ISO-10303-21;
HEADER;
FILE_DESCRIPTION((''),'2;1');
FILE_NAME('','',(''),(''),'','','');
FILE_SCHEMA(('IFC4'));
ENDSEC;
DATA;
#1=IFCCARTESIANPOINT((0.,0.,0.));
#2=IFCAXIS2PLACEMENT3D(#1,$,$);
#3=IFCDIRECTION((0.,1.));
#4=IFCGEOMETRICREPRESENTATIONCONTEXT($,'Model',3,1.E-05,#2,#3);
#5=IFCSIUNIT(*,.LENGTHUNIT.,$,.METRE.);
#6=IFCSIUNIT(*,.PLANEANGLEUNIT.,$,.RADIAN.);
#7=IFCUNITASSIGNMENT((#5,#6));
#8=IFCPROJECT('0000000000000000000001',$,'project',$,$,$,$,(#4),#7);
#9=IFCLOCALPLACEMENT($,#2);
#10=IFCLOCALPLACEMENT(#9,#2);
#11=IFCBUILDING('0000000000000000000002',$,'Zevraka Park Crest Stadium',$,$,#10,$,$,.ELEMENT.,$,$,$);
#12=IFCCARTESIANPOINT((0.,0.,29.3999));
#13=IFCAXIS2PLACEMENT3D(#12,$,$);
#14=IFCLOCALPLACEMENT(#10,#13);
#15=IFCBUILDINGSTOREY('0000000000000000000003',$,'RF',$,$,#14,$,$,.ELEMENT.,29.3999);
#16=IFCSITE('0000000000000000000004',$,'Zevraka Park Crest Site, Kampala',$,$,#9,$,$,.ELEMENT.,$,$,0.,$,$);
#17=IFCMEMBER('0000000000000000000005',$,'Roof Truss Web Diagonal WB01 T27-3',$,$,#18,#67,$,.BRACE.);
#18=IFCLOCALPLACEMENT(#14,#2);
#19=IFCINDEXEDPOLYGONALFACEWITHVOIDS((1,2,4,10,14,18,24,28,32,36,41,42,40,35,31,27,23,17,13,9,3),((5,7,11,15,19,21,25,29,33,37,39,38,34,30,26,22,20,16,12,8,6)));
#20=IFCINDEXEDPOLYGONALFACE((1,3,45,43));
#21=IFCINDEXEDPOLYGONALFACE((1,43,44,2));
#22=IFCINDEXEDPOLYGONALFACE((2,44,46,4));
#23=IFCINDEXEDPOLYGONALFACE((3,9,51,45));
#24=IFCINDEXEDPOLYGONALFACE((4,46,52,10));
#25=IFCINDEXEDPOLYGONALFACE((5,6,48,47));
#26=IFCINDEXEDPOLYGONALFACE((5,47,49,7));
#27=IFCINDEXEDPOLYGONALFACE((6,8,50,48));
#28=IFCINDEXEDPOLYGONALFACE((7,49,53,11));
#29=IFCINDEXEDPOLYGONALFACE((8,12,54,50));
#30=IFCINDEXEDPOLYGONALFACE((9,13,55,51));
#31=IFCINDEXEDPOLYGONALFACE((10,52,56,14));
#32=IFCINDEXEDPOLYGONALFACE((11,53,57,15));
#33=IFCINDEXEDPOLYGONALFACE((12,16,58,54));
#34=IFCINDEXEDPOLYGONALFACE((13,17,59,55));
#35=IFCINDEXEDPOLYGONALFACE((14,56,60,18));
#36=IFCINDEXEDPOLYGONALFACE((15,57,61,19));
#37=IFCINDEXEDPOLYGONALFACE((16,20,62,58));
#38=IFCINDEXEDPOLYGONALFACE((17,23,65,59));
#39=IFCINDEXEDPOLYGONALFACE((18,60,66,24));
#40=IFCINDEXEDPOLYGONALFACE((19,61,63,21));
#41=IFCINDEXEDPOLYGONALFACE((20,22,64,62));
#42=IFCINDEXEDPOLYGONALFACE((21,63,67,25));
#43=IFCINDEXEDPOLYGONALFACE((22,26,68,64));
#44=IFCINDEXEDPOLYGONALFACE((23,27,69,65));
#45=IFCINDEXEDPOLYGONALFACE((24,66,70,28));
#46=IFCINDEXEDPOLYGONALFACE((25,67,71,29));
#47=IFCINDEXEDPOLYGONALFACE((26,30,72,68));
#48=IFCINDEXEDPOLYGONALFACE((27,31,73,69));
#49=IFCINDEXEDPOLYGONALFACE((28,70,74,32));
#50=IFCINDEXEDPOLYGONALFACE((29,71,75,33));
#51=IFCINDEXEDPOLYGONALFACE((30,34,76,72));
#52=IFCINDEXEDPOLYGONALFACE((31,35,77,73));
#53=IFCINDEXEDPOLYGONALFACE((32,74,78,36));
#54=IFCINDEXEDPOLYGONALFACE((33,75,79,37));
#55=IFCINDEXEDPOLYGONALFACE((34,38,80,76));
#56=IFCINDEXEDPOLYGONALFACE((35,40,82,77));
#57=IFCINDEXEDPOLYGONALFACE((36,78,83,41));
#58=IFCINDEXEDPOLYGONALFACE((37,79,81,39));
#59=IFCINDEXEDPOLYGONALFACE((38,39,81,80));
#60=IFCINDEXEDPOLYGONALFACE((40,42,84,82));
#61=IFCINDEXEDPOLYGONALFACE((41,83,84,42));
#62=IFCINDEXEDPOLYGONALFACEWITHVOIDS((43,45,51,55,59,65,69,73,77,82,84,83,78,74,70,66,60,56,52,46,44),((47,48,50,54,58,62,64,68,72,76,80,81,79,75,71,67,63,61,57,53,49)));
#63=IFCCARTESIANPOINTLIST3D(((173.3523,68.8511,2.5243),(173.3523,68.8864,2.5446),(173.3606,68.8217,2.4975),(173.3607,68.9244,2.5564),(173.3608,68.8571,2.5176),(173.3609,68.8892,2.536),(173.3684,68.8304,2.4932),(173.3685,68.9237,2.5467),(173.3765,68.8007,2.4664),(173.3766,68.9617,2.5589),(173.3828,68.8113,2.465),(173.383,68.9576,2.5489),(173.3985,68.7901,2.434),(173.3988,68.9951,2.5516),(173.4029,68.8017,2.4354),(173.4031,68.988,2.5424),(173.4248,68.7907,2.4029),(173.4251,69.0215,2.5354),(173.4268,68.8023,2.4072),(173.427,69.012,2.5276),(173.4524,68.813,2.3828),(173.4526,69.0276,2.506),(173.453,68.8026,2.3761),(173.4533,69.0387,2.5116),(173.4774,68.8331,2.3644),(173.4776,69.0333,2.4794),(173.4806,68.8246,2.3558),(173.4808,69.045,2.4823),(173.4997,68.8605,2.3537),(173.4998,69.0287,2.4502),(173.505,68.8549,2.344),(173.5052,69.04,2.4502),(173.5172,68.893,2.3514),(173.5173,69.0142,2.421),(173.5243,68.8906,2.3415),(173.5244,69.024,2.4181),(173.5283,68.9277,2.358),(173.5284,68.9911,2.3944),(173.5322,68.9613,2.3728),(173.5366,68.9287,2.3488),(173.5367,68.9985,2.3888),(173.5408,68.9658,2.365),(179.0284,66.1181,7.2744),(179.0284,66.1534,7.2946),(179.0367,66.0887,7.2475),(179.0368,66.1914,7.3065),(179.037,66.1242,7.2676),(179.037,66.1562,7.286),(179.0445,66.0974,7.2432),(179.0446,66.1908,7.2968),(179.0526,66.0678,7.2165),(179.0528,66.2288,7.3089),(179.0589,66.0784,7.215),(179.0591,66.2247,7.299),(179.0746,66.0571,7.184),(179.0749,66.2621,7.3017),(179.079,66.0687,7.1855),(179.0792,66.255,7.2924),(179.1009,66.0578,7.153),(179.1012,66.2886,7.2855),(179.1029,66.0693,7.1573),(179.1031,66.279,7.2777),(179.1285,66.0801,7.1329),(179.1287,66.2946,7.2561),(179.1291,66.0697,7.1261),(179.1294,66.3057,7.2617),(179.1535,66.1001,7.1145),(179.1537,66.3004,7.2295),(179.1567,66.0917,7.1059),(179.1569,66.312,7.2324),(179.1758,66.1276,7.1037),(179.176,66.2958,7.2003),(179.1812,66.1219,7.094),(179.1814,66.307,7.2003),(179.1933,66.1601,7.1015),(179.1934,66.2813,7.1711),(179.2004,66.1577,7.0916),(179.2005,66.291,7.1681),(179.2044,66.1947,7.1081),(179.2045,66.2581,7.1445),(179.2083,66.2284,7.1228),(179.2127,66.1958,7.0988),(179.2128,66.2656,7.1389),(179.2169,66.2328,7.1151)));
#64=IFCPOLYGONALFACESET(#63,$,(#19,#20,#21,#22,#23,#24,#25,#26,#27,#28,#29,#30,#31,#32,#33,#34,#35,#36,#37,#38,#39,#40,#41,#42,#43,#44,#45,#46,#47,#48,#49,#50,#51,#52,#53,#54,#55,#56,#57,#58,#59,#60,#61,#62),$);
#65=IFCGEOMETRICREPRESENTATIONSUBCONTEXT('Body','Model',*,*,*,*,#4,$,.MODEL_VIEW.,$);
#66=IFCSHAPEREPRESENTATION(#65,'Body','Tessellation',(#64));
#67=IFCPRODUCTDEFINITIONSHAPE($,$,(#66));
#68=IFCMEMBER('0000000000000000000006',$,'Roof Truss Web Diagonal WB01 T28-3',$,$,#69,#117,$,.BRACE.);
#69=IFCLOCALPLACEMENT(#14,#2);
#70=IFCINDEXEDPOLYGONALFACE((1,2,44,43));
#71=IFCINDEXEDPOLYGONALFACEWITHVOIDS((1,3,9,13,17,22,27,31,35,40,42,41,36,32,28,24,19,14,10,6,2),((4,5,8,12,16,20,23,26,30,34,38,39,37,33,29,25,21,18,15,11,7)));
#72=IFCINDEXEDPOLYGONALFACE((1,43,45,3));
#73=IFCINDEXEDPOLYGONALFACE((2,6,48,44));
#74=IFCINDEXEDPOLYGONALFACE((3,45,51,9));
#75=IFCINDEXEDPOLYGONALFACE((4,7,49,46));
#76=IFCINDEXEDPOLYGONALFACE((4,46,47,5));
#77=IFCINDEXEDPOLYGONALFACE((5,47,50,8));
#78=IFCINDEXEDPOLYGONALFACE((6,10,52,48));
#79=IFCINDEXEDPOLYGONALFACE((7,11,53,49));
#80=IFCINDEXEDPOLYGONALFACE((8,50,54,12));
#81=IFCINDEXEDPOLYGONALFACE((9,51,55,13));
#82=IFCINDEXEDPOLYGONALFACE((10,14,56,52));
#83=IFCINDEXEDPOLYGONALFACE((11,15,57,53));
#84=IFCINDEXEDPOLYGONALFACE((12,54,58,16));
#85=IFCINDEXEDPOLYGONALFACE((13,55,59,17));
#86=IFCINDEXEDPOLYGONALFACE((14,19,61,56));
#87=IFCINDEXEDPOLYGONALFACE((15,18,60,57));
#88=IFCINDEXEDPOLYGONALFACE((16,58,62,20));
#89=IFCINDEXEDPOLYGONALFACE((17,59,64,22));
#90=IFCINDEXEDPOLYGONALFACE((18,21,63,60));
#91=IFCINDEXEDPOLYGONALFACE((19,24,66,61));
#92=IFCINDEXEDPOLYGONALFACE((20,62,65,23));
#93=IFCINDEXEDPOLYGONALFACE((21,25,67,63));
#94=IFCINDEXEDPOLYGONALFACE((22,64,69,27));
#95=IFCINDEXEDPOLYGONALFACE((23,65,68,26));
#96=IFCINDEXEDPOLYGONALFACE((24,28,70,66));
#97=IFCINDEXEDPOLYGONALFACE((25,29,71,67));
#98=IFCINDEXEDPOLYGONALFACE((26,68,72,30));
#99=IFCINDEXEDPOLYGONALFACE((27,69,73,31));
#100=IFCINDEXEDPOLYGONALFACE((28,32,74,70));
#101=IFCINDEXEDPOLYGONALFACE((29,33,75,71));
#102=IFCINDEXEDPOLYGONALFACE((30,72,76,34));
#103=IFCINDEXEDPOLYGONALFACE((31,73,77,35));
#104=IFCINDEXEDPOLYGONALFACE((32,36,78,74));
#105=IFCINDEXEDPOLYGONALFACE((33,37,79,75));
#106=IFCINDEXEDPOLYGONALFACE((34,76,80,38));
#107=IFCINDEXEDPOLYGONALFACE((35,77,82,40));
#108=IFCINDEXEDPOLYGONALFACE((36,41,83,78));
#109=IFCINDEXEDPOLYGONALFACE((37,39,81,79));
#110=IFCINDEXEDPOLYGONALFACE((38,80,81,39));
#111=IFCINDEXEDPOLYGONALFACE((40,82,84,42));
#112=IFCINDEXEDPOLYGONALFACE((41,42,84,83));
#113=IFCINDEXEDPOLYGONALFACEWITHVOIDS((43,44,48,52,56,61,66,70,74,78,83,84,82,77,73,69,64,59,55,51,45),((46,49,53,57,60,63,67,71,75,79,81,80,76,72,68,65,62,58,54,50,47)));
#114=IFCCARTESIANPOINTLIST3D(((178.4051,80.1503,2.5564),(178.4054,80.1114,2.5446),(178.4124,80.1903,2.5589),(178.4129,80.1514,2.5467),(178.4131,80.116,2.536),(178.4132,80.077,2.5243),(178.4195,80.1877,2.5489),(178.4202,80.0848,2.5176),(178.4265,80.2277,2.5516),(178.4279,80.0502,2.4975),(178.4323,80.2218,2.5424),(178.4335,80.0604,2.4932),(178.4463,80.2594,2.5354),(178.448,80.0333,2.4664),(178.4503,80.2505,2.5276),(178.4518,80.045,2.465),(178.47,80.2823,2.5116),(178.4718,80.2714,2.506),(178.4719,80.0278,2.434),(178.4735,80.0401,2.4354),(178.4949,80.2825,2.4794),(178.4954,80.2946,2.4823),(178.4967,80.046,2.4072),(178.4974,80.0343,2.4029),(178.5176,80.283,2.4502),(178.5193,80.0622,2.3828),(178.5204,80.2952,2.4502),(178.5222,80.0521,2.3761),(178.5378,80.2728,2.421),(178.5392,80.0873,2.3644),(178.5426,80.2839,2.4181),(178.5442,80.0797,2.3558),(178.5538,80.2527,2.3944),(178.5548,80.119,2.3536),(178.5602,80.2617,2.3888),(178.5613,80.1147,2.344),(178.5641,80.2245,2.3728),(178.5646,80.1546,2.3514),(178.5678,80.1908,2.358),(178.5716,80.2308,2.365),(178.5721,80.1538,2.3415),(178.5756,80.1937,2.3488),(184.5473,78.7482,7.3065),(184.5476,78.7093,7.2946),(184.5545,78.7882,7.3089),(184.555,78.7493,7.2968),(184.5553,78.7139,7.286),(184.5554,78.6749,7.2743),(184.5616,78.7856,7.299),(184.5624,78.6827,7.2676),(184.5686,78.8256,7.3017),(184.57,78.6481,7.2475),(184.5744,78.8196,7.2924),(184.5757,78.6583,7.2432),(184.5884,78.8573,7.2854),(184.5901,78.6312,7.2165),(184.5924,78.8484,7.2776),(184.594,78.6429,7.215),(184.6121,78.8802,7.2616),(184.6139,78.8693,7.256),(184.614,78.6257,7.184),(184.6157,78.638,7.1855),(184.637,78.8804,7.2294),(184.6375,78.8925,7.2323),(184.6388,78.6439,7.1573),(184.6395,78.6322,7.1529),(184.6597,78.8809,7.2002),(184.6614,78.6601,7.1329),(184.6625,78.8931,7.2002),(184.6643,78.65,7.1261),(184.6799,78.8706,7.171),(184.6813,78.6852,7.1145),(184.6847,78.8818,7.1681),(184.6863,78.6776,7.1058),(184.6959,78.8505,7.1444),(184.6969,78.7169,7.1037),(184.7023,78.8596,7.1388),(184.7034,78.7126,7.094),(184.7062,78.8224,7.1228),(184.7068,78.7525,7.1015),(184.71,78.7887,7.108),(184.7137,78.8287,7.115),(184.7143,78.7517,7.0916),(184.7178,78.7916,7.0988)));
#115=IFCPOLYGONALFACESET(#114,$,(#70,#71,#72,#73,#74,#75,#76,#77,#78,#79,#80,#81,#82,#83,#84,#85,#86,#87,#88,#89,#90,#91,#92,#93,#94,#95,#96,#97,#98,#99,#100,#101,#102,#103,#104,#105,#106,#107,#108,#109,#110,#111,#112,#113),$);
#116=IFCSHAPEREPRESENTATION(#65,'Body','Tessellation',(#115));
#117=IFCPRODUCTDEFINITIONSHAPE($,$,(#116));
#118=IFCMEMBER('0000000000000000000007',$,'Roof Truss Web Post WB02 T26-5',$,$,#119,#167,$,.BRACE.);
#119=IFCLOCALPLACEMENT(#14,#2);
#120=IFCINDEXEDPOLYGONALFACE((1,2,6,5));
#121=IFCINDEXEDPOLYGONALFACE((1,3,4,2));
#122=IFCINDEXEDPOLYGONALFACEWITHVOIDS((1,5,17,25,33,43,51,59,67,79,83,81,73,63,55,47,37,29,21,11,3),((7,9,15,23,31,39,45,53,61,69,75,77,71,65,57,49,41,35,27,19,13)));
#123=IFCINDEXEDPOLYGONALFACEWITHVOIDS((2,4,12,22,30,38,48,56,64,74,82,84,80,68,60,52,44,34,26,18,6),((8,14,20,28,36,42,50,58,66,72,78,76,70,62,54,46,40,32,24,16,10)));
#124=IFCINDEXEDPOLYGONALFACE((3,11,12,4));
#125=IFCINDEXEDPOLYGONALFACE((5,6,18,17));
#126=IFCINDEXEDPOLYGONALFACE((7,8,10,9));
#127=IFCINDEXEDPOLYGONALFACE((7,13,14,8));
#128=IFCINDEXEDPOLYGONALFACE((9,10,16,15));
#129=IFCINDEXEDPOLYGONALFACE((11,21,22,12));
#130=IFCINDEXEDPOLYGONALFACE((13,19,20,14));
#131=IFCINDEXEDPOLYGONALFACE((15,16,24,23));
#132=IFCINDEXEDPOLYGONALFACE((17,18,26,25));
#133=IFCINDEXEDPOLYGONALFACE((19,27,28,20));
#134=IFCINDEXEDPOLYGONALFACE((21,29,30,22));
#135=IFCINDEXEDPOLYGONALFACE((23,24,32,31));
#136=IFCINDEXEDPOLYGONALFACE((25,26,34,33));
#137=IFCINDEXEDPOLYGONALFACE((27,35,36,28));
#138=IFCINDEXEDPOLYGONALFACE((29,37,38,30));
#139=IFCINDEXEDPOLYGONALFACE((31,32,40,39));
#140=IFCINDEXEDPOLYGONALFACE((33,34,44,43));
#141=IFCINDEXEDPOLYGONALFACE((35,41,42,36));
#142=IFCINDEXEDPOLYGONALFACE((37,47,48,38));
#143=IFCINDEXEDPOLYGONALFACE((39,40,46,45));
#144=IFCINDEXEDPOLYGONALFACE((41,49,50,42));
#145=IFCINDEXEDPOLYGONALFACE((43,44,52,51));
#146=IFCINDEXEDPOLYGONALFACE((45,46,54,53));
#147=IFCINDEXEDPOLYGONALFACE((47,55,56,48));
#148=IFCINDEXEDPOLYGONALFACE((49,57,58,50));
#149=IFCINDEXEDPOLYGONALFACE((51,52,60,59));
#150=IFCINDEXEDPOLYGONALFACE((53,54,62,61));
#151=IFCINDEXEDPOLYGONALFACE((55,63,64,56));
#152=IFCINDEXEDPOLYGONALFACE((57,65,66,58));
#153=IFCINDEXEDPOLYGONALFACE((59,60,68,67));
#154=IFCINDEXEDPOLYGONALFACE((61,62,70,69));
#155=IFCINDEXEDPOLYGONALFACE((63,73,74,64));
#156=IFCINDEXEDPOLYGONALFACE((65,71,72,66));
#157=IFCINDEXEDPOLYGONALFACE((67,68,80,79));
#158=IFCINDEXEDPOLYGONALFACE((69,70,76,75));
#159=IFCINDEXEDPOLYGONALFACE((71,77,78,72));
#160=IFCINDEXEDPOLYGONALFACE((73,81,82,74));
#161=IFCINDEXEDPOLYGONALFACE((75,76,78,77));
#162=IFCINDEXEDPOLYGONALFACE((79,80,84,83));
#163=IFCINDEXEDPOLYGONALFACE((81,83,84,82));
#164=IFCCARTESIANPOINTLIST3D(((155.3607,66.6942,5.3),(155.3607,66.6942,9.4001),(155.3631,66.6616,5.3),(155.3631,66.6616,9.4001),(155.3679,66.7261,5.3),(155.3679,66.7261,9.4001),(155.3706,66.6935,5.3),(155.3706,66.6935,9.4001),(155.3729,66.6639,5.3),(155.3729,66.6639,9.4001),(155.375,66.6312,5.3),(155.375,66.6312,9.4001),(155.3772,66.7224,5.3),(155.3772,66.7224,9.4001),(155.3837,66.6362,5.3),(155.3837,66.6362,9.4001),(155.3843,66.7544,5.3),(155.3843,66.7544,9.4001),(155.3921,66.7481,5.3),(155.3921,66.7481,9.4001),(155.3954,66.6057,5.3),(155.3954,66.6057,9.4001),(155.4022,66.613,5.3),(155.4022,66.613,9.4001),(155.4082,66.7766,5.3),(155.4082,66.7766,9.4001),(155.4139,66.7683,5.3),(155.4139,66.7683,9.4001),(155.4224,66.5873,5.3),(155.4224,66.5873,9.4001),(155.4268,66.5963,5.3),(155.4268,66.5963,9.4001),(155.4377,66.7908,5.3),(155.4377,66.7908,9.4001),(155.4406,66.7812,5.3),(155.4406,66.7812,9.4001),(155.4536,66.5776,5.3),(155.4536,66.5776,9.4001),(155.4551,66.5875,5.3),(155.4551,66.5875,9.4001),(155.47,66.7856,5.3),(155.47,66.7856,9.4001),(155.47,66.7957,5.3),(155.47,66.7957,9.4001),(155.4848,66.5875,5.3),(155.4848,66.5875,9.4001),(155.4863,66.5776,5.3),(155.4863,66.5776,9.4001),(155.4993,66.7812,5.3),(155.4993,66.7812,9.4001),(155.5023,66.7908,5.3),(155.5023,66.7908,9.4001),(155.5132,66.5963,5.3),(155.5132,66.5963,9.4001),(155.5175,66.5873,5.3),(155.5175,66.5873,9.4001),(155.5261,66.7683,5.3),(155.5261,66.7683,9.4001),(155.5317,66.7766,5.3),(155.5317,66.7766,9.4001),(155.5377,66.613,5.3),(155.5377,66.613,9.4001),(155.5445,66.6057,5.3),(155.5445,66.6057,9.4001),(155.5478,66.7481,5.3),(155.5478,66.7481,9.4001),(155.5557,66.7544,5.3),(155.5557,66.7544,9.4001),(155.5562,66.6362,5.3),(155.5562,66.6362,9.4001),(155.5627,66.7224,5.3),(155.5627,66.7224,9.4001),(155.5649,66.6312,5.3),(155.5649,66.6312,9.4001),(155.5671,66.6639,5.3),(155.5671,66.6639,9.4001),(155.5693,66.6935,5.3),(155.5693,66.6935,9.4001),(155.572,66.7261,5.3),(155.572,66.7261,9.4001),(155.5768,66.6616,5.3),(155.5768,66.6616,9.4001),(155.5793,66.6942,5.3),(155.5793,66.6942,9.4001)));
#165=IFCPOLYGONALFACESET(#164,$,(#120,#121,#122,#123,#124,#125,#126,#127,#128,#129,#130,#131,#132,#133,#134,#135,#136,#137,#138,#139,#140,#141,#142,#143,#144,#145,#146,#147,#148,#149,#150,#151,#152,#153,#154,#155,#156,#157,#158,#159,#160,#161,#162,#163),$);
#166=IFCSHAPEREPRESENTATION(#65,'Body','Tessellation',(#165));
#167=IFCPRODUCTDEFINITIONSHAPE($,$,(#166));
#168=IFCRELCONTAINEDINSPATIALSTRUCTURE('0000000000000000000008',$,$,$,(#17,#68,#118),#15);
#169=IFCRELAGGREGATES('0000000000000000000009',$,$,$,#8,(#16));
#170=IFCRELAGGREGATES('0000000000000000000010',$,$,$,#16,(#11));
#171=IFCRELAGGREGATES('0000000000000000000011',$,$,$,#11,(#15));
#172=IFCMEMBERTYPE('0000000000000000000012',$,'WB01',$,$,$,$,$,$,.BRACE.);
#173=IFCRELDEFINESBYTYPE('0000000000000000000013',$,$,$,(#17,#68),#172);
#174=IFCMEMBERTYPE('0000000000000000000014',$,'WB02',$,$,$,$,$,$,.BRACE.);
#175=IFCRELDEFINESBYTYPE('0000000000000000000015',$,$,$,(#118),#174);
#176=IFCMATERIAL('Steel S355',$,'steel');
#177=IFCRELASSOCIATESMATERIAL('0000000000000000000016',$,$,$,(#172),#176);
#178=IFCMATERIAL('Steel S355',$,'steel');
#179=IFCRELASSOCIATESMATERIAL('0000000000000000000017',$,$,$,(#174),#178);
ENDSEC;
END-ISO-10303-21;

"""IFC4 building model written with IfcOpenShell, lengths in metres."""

from ifc_helpers import new_model, si_unit, direction, frame, origin, origin_2d, place, context, subcontext, project, spatial, hollow_circle, extrude, material, material_profile, profile_set, type_object, element, save


model = new_model("IFC4")

# Units and contexts
model_context = context("Model", 3, precision=1e-05, world=origin(), true_north=direction((0.0, 1.0)))
body_context = subcontext(model_context, "Body", "Model", "MODEL_VIEW")
ifc_project = project(units=[si_unit("LENGTHUNIT", "METRE"), si_unit("PLANEANGLEUNIT", "RADIAN")], contexts=[model_context])

# Site, building, storey
site_placement = place(None, origin())
site = spatial("IfcSite", under=ifc_project, at=site_placement, Name="Zevraka Park Crest Site, Kampala", CompositionType="ELEMENT", RefElevation=0.0)
building_placement = place(site_placement, origin())
building = spatial("IfcBuilding", under=site, at=building_placement, Name="Zevraka Park Crest Stadium", CompositionType="ELEMENT")
storey_placement = place(building_placement, frame((0.0, 0.0, 29.3999)))
storey = spatial("IfcBuildingStorey", under=building, at=storey_placement, Name="RF", CompositionType="ELEMENT", Elevation=29.3999)

# Members
ifc_material_1 = material(Name="Steel S355", Category="steel")
ifc_material_profile_1 = material_profile(ifc_material_1, hollow_circle(Radius=0.1365, WallThickness=0.0125, at=origin_2d()), Name="CHS 273.0x12.5")
ifc_profile_set_1 = profile_set([ifc_material_profile_1], Name="Steel S355")
member_type_1 = type_object("IfcMemberType", Name="WB01", PredefinedType="BRACE", material=ifc_profile_set_1)
member_1_placement = place(storey_placement, frame((173.446, 68.917, 2.4502), z_axis=(0.719415, -0.346386, 0.602045), x_axis=(0.433817, 0.901001, 0.0)))
element("IfcMember", 1, at=member_1_placement, inside=storey, type_object=member_type_1, Name="Roof Truss Web Diagonal WB01 T27-3", PredefinedType="BRACE", context=body_context, shape_type="SweptSolid", body=[
    extrude(hollow_circle(Radius=0.1365, WallThickness=0.0125, at=origin_2d()), origin(), (0.0, 0.0, 1.0), 7.8899),
])
member_2_placement = place(storey_placement, frame((178.49, 80.1621, 2.4502), z_axis=(0.778455, -0.177704, 0.60202), x_axis=(0.222552, 0.974921, 0.0)))
element("IfcMember", 2, at=member_2_placement, inside=storey, type_object=member_type_1, Name="Roof Truss Web Diagonal WB01 T28-3", PredefinedType="BRACE", context=body_context, shape_type="SweptSolid", body=[
    extrude(hollow_circle(Radius=0.1365, WallThickness=0.0125, at=origin_2d()), origin(), (0.0, 0.0, 1.0), 7.8901),
])
ifc_material_2 = material(Name="Steel S355", Category="steel")
ifc_material_profile_2 = material_profile(ifc_material_2, hollow_circle(Radius=0.1096, WallThickness=0.01, at=origin_2d()), Name="CHS 219.1x10")
ifc_profile_set_2 = profile_set([ifc_material_profile_2], Name="Steel S355")
member_type_2 = type_object("IfcMemberType", Name="WB02", PredefinedType="BRACE", material=ifc_profile_set_2)
member_3_placement = place(storey_placement, frame((155.47, 66.686, 5.3), z_axis=(0.0, 0.0, 1.0), x_axis=(-0.781847, 0.62347, 0.0)))
element("IfcMember", 3, at=member_3_placement, inside=storey, type_object=member_type_2, Name="Roof Truss Web Post WB02 T26-5", PredefinedType="BRACE", context=body_context, shape_type="SweptSolid", body=[
    extrude(hollow_circle(Radius=0.1096, WallThickness=0.01, at=origin_2d()), origin(), (0.0, 0.0, 1.0), 4.1001),
])

save(model, "model.ifc")
